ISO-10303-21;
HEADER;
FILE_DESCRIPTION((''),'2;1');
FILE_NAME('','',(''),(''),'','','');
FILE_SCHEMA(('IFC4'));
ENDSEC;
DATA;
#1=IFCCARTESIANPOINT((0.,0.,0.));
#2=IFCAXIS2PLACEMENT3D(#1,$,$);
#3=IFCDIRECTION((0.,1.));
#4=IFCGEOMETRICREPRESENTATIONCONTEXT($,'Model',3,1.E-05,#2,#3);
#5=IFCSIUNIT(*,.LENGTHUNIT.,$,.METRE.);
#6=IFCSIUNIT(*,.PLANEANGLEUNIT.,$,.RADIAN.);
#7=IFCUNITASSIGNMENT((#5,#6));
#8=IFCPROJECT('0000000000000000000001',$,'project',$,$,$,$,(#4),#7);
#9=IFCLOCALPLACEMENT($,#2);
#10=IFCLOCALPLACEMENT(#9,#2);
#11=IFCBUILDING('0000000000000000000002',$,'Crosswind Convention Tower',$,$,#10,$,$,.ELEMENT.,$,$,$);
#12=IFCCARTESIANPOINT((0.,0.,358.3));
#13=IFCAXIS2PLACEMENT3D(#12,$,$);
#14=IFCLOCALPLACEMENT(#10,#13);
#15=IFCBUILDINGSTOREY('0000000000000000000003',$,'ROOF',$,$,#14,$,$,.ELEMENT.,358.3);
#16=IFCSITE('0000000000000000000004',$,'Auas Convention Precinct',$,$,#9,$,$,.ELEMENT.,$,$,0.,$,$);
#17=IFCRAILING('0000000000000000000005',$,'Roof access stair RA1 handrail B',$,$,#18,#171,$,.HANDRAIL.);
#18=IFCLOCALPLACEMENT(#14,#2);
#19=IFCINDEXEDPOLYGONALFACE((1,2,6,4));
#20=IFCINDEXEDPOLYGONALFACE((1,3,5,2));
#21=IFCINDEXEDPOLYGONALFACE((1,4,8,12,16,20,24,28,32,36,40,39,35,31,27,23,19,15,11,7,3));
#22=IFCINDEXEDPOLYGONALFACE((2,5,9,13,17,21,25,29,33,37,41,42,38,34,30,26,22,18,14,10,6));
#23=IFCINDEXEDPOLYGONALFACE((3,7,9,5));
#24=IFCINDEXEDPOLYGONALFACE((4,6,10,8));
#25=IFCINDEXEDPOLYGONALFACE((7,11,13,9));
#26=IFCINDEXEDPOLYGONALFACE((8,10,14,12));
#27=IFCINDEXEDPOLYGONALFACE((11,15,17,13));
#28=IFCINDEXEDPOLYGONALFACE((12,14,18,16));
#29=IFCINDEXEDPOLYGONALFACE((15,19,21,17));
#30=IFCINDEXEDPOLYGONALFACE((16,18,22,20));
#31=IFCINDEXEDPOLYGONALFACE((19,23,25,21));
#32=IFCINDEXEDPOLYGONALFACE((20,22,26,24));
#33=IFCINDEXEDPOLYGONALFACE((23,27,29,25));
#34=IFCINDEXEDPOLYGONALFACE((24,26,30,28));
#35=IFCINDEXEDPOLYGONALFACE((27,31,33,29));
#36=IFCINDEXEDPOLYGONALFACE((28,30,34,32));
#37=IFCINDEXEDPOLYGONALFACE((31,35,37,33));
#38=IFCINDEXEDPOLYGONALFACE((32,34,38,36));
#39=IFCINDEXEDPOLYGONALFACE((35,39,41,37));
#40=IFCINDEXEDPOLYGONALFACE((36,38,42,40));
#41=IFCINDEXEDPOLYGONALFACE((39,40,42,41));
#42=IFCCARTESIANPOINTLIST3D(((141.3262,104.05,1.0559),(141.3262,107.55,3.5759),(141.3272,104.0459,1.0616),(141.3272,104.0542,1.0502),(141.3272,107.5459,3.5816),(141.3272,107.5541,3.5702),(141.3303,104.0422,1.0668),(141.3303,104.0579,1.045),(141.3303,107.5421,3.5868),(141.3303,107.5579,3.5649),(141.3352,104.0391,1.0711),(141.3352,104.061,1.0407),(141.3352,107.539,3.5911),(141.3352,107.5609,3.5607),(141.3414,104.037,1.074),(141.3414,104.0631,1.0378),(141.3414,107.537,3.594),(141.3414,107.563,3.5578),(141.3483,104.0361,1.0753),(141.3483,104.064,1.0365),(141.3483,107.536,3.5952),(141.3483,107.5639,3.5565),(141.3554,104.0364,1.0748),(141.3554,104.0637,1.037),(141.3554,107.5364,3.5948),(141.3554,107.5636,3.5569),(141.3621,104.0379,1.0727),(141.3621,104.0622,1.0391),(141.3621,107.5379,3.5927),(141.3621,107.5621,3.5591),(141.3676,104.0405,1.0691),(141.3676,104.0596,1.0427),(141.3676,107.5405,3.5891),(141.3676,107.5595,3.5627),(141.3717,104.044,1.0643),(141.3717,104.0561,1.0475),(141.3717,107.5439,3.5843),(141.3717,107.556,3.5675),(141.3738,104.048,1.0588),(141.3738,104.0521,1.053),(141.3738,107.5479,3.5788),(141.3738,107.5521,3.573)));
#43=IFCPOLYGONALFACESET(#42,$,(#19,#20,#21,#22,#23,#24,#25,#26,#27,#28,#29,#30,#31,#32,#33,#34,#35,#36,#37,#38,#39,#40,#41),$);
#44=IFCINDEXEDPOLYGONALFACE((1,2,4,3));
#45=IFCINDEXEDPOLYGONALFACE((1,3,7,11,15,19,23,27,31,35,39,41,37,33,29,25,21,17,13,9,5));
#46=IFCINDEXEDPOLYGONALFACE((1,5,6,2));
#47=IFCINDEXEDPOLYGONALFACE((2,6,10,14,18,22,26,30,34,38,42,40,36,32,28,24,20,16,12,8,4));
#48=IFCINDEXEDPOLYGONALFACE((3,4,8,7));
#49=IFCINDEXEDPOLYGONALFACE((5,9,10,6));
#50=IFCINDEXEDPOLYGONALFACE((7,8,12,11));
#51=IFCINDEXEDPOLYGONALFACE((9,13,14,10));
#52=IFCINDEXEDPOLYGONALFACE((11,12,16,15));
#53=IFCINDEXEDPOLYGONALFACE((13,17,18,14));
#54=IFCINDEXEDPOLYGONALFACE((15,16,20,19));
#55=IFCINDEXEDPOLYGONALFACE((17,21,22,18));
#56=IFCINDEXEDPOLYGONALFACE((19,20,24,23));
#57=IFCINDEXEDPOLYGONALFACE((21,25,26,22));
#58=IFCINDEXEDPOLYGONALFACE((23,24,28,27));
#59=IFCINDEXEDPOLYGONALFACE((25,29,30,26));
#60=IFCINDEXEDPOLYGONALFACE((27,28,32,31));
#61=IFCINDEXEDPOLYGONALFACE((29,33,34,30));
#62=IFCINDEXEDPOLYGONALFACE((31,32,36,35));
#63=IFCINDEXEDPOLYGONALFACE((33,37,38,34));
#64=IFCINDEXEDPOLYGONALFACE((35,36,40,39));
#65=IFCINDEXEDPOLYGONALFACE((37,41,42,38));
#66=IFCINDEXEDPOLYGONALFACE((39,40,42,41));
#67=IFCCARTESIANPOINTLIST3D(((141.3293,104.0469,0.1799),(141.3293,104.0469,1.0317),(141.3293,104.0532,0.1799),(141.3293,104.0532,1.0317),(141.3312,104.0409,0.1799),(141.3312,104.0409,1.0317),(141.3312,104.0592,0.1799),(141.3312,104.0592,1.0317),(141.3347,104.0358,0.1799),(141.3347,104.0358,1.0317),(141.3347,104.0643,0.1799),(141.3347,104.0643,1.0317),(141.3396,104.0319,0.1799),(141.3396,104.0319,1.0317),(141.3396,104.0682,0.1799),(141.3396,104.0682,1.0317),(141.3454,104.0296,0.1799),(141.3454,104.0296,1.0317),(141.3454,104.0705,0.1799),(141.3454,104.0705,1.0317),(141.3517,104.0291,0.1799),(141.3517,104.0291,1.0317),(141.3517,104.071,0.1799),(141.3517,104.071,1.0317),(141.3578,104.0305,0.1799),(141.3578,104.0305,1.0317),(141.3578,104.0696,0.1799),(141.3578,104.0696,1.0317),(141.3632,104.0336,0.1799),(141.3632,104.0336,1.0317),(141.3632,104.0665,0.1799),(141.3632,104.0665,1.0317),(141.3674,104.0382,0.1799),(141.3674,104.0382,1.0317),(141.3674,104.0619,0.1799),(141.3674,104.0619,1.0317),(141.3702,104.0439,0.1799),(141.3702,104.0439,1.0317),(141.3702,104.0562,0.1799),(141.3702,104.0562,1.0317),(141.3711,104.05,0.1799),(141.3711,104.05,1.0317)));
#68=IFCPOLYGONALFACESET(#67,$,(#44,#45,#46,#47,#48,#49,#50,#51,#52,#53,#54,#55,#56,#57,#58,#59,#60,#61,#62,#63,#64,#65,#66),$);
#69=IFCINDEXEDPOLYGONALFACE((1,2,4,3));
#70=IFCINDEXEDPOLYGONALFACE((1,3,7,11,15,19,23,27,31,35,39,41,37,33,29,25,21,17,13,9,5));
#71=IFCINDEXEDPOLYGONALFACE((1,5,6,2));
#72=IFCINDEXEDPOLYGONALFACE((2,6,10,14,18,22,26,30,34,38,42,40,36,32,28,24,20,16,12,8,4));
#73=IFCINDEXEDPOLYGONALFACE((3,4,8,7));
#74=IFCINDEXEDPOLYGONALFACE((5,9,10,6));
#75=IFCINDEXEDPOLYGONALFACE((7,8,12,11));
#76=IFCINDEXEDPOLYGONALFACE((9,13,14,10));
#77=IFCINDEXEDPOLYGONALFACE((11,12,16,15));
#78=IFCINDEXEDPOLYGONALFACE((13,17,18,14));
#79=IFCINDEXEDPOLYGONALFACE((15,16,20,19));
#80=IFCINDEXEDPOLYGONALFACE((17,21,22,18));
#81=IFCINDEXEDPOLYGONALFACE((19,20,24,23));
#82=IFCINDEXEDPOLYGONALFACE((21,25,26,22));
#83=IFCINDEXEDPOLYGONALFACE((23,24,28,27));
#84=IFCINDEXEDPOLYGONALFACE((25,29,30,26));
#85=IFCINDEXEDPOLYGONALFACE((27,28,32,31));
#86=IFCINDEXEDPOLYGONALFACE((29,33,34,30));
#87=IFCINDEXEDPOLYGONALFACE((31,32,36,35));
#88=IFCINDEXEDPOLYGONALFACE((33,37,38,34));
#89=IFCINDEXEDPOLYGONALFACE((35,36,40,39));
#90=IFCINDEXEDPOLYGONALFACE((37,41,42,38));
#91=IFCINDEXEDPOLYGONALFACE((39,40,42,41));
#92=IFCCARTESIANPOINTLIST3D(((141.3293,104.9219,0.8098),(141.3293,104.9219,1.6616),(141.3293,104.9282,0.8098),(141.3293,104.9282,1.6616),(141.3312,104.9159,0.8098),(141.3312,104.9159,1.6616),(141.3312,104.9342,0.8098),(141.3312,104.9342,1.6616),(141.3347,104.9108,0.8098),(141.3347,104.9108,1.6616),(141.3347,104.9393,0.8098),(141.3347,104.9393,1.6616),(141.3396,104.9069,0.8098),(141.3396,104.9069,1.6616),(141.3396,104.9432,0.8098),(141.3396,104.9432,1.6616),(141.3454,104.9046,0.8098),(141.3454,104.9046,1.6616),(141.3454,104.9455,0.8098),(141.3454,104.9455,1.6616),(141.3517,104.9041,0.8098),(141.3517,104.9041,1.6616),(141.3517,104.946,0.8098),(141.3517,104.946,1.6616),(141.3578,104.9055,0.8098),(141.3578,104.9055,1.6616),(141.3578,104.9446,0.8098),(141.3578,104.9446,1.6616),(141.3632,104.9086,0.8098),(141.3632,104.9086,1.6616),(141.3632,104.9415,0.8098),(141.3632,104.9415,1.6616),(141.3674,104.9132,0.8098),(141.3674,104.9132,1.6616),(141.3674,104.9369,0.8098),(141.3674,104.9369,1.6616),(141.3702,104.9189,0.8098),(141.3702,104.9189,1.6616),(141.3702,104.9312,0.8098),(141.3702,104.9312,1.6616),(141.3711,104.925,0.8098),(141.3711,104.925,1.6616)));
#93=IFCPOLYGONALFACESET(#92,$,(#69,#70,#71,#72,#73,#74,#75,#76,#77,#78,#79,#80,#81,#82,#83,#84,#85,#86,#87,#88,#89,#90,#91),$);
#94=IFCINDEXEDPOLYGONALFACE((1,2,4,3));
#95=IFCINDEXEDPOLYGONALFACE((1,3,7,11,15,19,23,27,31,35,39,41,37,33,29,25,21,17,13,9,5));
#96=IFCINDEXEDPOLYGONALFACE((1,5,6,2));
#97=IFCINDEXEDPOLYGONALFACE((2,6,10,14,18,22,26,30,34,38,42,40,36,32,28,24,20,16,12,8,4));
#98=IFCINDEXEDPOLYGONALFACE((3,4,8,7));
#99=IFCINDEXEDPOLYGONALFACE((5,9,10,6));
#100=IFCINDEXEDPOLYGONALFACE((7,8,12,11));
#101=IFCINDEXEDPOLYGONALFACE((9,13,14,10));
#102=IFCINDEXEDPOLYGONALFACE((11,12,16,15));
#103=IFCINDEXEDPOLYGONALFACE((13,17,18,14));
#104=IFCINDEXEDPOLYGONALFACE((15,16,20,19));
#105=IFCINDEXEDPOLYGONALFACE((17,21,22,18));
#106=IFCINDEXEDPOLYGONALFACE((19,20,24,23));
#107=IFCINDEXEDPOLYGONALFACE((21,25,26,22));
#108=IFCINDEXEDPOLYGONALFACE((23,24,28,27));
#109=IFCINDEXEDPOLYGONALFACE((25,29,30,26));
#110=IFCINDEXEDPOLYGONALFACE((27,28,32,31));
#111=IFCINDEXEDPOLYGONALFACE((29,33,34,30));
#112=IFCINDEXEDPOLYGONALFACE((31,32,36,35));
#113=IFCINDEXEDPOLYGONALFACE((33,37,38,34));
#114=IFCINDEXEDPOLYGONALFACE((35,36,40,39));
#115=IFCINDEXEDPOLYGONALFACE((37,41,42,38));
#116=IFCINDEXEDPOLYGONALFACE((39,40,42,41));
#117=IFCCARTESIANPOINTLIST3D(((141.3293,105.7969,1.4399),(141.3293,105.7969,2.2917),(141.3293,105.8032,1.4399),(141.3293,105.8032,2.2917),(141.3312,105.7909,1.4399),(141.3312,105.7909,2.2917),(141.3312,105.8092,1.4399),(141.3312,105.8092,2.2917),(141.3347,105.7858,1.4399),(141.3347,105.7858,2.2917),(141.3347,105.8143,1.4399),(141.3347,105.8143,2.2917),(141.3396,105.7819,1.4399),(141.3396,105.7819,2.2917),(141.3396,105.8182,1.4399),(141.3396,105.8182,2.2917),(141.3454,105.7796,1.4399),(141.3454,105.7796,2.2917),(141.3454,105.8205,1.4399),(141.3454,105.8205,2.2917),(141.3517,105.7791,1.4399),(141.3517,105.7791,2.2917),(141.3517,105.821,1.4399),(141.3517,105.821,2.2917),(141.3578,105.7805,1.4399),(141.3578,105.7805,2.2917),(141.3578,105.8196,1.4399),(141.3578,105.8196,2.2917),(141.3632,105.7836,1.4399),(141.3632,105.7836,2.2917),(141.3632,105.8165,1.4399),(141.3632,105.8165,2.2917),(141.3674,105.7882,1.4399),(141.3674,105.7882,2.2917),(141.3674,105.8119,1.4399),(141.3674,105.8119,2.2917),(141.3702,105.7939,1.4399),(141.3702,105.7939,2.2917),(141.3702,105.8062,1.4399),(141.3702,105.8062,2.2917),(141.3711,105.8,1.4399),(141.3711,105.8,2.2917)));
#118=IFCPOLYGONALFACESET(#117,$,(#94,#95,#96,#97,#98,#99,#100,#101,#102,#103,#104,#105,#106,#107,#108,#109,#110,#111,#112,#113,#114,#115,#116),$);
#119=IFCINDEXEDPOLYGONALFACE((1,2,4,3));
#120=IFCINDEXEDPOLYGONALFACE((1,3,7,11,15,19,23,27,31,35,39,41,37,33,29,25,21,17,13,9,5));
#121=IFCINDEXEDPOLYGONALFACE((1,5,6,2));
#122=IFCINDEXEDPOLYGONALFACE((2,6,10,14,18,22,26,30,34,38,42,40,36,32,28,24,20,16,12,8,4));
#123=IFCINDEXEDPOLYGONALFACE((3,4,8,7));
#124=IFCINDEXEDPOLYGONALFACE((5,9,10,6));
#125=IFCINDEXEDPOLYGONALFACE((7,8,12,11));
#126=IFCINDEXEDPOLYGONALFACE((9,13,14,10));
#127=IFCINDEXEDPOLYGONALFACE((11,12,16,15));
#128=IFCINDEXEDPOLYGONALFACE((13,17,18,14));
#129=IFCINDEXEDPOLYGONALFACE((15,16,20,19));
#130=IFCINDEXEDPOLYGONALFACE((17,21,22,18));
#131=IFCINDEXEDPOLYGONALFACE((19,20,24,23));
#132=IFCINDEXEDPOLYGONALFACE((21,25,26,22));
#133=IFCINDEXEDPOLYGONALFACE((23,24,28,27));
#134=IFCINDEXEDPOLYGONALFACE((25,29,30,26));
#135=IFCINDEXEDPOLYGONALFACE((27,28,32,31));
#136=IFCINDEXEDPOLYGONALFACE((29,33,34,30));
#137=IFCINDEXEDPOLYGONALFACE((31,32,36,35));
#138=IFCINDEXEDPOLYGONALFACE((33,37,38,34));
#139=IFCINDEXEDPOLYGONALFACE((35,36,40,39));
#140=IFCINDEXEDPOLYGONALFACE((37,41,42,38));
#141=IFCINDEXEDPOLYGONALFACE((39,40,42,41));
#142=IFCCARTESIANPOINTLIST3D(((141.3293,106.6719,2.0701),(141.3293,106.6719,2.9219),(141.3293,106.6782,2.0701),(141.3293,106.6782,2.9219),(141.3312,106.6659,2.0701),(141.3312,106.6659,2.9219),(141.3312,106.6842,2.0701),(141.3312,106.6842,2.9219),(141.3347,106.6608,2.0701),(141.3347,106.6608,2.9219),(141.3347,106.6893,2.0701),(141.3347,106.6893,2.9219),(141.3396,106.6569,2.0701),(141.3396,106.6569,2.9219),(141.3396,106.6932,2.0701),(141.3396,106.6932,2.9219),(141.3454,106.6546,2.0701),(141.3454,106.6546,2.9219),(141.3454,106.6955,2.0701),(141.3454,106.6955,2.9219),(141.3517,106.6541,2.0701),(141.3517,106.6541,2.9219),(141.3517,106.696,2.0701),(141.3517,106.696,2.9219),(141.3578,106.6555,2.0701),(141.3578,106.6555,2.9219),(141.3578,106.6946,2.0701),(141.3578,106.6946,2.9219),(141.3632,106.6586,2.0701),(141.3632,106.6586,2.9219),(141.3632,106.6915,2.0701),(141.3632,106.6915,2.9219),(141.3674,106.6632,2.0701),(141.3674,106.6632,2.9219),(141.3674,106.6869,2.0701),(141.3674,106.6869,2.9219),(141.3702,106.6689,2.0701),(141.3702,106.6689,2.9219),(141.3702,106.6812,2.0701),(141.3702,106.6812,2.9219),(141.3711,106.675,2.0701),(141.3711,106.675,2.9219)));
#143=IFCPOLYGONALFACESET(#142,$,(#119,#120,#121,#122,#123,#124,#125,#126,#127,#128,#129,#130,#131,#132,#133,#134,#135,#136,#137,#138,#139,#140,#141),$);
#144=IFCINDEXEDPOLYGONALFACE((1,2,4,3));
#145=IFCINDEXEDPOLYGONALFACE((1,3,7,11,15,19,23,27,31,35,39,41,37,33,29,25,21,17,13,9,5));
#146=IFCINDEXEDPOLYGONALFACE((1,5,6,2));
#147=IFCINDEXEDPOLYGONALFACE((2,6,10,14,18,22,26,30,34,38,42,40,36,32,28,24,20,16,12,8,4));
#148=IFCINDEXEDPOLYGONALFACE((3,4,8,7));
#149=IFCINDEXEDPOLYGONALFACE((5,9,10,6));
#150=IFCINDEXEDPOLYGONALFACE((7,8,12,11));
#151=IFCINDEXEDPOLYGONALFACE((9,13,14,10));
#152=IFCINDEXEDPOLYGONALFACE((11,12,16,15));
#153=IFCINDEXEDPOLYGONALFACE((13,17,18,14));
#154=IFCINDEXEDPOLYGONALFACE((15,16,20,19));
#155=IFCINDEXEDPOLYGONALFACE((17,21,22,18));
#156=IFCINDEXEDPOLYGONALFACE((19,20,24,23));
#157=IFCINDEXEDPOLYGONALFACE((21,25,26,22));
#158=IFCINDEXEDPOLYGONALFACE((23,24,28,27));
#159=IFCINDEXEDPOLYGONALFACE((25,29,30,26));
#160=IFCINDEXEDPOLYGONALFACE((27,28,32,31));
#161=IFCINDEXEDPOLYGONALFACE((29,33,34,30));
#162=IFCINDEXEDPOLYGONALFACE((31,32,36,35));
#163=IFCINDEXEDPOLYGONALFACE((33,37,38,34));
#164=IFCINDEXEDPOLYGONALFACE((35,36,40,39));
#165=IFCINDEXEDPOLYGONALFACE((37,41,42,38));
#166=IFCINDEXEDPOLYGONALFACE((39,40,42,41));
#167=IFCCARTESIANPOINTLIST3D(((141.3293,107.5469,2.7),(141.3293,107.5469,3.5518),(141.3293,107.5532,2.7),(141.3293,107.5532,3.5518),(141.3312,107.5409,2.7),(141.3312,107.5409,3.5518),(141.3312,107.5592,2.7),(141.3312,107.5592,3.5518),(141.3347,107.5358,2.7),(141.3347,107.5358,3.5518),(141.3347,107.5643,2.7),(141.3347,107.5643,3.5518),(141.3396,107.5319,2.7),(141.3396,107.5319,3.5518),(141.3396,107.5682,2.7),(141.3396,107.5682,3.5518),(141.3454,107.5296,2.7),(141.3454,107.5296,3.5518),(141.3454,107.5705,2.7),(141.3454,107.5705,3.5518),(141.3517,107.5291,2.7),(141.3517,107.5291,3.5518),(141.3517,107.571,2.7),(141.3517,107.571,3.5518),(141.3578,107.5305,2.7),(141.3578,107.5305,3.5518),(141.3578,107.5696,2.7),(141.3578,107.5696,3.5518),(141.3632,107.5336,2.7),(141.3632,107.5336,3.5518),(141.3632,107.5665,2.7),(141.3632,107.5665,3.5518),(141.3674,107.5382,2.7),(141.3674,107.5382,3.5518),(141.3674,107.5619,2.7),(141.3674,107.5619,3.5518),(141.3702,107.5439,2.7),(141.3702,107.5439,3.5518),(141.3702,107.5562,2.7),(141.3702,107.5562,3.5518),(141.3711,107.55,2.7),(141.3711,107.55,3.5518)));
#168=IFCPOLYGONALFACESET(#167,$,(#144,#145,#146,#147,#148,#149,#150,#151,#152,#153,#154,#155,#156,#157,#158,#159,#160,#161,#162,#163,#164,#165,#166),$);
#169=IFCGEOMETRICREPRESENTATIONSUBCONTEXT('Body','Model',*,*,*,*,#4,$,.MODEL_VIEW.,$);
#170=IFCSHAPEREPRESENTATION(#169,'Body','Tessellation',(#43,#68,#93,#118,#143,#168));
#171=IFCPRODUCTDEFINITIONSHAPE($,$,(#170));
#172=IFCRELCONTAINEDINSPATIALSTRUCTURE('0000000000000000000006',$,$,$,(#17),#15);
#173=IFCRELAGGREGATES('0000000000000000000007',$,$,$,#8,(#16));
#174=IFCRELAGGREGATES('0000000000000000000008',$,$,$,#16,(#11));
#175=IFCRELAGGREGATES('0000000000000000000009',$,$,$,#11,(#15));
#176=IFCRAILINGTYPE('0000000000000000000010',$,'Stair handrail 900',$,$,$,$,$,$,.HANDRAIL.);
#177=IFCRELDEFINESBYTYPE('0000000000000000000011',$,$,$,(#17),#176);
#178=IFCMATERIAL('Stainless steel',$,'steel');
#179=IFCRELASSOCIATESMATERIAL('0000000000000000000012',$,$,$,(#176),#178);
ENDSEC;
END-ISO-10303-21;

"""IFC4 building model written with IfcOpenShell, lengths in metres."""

from ifc_helpers import new_model, si_unit, direction, frame, origin, origin_2d, place, context, subcontext, project, spatial, circle, extrude, material, type_object, element, save


model = new_model("IFC4")

# Units and contexts
model_context = context("Model", 3, precision=1e-05, world=origin(), true_north=direction((0.0, 1.0)))
body_context = subcontext(model_context, "Body", "Model", "MODEL_VIEW")
ifc_project = project(units=[si_unit("LENGTHUNIT", "METRE"), si_unit("PLANEANGLEUNIT", "RADIAN")], contexts=[model_context])

# Site, building, storey
site_placement = place(None, origin())
site = spatial("IfcSite", under=ifc_project, at=site_placement, Name="Auas Convention Precinct", CompositionType="ELEMENT", RefElevation=0.0)
building_placement = place(site_placement, origin())
building = spatial("IfcBuilding", under=site, at=building_placement, Name="Crosswind Convention Tower", CompositionType="ELEMENT")
storey_placement = place(building_placement, frame((0.0, 0.0, 358.3)))
storey = spatial("IfcBuildingStorey", under=building, at=storey_placement, Name="ROOF", CompositionType="ELEMENT", Elevation=358.3)

# Railing
ifc_material_1 = material(Name="Stainless steel", Category="steel")
railing_type_1 = type_object("IfcRailingType", Name="Stair handrail 900", PredefinedType="HANDRAIL", material=ifc_material_1)
for number, where, name in (
    (1, (141.3501, 104.05, 0.1799), "Roof access stair RA1 handrail B"),
):
    element("IfcRailing", number, at=place(storey_placement, frame(where)), inside=storey, type_object=railing_type_1, Name=name, PredefinedType="HANDRAIL", context=body_context, shape_type="SweptSolid", body=[
        extrude(circle(Radius=0.0239, at=origin_2d()), frame((0.0, 0.0, 0.876), z_axis=(0.0, 0.811532, 0.584308), x_axis=(-1.0, 0.0, 0.0)), (0.0, 0.0, 1.0), 4.3127),
        extrude(circle(Radius=0.021, at=origin_2d()), origin(), (0.0, 0.0, 1.0), 0.8518),
        extrude(circle(Radius=0.021, at=origin_2d()), frame((0.0, 0.875, 0.6299)), (0.0, 0.0, 1.0), 0.8518),
        extrude(circle(Radius=0.021, at=origin_2d()), frame((0.0, 1.75, 1.26)), (0.0, 0.0, 1.0), 0.8518),
        extrude(circle(Radius=0.021, at=origin_2d()), frame((0.0, 2.625, 1.8901)), (0.0, 0.0, 1.0), 0.8518),
        extrude(circle(Radius=0.021, at=origin_2d()), frame((0.0, 3.5, 2.52)), (0.0, 0.0, 1.0), 0.8518),
    ])

save(model, "model.ifc")
